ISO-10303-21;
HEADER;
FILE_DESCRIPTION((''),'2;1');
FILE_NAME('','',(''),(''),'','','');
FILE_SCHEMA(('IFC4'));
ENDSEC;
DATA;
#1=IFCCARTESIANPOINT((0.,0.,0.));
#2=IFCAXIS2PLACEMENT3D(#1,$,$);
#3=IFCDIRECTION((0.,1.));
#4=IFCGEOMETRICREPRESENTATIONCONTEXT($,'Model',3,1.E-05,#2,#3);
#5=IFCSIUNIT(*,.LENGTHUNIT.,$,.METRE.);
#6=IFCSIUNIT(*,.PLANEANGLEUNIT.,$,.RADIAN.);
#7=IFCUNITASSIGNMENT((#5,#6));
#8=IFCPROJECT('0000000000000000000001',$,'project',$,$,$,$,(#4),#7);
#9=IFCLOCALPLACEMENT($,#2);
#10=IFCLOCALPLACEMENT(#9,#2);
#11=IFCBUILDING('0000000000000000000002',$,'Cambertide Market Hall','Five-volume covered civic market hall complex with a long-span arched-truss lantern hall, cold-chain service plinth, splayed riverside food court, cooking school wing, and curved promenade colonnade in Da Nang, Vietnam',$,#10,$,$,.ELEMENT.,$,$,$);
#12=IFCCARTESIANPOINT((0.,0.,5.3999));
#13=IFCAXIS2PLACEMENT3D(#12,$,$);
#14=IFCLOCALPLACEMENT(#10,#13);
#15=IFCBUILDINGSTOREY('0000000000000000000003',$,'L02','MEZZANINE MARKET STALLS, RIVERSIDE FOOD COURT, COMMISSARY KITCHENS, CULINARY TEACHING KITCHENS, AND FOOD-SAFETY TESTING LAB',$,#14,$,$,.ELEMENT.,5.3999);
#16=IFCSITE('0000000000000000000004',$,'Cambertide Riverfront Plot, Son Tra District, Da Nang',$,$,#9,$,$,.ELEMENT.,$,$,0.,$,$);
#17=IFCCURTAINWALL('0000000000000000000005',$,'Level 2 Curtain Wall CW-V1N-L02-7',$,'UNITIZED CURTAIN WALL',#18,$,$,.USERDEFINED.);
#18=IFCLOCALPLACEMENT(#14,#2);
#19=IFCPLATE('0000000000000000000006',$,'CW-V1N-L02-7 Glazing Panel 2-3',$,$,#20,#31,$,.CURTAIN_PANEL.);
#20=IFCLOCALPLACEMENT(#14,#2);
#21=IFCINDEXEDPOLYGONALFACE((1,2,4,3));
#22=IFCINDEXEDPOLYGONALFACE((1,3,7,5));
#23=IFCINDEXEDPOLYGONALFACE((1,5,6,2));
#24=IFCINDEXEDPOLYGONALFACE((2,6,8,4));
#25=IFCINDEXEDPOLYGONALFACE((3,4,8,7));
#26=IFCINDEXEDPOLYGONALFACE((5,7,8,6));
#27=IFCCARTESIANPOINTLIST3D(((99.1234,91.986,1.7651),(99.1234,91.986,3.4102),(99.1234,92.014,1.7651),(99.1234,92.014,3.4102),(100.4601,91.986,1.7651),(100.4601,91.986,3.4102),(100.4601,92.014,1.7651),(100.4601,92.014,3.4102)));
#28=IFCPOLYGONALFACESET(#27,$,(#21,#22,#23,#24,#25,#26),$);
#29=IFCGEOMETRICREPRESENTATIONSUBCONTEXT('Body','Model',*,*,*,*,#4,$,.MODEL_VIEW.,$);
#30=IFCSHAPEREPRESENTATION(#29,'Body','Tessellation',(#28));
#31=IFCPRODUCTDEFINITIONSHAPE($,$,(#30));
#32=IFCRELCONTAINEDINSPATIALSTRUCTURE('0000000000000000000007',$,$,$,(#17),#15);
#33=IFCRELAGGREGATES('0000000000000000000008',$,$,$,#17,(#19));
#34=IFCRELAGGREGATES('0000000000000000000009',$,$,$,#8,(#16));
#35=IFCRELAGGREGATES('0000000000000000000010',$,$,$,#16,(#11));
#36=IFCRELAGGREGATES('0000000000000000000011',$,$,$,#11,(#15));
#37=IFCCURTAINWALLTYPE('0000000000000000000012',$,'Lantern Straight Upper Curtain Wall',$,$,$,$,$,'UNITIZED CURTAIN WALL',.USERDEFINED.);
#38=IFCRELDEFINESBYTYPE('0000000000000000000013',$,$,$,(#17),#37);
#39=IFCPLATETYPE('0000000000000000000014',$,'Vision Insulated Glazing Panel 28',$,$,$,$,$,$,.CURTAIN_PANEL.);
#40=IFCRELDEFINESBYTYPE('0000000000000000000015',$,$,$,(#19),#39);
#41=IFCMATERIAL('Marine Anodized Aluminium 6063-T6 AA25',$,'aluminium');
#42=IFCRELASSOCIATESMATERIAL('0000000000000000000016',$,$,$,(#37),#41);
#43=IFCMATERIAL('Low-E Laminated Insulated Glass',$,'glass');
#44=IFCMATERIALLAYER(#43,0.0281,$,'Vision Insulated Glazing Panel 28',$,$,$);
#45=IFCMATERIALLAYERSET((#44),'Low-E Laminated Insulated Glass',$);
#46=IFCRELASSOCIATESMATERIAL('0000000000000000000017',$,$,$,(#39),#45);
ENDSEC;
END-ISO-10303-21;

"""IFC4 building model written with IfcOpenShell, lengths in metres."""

from ifc_helpers import new_model, si_unit, direction, frame, origin, origin_2d, place, context, subcontext, project, spatial, rectangle, extrude, material, layer, layer_set, type_object, element, aggregate, save


model = new_model("IFC4")

# Units and contexts
model_context = context("Model", 3, precision=1e-05, world=origin(), true_north=direction((0.0, 1.0)))
body_context = subcontext(model_context, "Body", "Model", "MODEL_VIEW")
ifc_project = project(units=[si_unit("LENGTHUNIT", "METRE"), si_unit("PLANEANGLEUNIT", "RADIAN")], contexts=[model_context])

# Site, building, storey
site_placement = place(None, origin())
site = spatial("IfcSite", under=ifc_project, at=site_placement, Name="Cambertide Riverfront Plot, Son Tra District, Da Nang", CompositionType="ELEMENT", RefElevation=0.0)
building_placement = place(site_placement, origin())
building = spatial("IfcBuilding", under=site, at=building_placement, Name="Cambertide Market Hall", Description="Five-volume covered civic market hall complex with a long-span arched-truss lantern hall, cold-chain service plinth, splayed riverside food court, cooking school wing, and curved promenade colonnade in Da Nang, Vietnam", CompositionType="ELEMENT")
storey_placement = place(building_placement, frame((0.0, 0.0, 5.3999)))
storey = spatial("IfcBuildingStorey", under=building, at=storey_placement, Name="L02", Description="MEZZANINE MARKET STALLS, RIVERSIDE FOOD COURT, COMMISSARY KITCHENS, CULINARY TEACHING KITCHENS, AND FOOD-SAFETY TESTING LAB", CompositionType="ELEMENT", Elevation=5.3999)

# Curtain wall
ifc_material_1 = material(Name="Marine Anodized Aluminium 6063-T6 AA25", Category="aluminium")
curtain_wall_type = type_object("IfcCurtainWallType", Name="Lantern Straight Upper Curtain Wall", ElementType="UNITIZED CURTAIN WALL", PredefinedType="USERDEFINED", material=ifc_material_1)
curtain_wall_1_placement = place(storey_placement, origin())
curtain_wall_1 = element("IfcCurtainWall", 1, at=curtain_wall_1_placement, inside=storey, type_object=curtain_wall_type, Name="Level 2 Curtain Wall CW-V1N-L02-7", ObjectType="UNITIZED CURTAIN WALL", PredefinedType="USERDEFINED")

# Plate
ifc_material_2 = material(Name="Low-E Laminated Insulated Glass", Category="glass")
ifc_layer = layer(ifc_material_2, 0.0281, Name="Vision Insulated Glazing Panel 28")
ifc_layer_set = layer_set([ifc_layer], Name="Low-E Laminated Insulated Glass")
plate_type = type_object("IfcPlateType", Name="Vision Insulated Glazing Panel 28", PredefinedType="CURTAIN_PANEL", material=ifc_layer_set)
plate_1_placement = place(storey_placement, frame((99.7917, 92.0, 1.7651), z_axis=(0.0, 0.0, 1.0), x_axis=(1.0, 0.0, 0.0)))
plate_1 = element("IfcPlate", 2, at=plate_1_placement, type_object=plate_type, Name="CW-V1N-L02-7 Glazing Panel 2-3", PredefinedType="CURTAIN_PANEL", context=body_context, shape_type="SweptSolid", body=[
    extrude(rectangle(XDim=1.3367, YDim=0.0281, at=origin_2d()), origin(), (0.0, 0.0, 1.0), 1.645),
])
aggregate(curtain_wall_1, [plate_1])

save(model, "model.ifc")
